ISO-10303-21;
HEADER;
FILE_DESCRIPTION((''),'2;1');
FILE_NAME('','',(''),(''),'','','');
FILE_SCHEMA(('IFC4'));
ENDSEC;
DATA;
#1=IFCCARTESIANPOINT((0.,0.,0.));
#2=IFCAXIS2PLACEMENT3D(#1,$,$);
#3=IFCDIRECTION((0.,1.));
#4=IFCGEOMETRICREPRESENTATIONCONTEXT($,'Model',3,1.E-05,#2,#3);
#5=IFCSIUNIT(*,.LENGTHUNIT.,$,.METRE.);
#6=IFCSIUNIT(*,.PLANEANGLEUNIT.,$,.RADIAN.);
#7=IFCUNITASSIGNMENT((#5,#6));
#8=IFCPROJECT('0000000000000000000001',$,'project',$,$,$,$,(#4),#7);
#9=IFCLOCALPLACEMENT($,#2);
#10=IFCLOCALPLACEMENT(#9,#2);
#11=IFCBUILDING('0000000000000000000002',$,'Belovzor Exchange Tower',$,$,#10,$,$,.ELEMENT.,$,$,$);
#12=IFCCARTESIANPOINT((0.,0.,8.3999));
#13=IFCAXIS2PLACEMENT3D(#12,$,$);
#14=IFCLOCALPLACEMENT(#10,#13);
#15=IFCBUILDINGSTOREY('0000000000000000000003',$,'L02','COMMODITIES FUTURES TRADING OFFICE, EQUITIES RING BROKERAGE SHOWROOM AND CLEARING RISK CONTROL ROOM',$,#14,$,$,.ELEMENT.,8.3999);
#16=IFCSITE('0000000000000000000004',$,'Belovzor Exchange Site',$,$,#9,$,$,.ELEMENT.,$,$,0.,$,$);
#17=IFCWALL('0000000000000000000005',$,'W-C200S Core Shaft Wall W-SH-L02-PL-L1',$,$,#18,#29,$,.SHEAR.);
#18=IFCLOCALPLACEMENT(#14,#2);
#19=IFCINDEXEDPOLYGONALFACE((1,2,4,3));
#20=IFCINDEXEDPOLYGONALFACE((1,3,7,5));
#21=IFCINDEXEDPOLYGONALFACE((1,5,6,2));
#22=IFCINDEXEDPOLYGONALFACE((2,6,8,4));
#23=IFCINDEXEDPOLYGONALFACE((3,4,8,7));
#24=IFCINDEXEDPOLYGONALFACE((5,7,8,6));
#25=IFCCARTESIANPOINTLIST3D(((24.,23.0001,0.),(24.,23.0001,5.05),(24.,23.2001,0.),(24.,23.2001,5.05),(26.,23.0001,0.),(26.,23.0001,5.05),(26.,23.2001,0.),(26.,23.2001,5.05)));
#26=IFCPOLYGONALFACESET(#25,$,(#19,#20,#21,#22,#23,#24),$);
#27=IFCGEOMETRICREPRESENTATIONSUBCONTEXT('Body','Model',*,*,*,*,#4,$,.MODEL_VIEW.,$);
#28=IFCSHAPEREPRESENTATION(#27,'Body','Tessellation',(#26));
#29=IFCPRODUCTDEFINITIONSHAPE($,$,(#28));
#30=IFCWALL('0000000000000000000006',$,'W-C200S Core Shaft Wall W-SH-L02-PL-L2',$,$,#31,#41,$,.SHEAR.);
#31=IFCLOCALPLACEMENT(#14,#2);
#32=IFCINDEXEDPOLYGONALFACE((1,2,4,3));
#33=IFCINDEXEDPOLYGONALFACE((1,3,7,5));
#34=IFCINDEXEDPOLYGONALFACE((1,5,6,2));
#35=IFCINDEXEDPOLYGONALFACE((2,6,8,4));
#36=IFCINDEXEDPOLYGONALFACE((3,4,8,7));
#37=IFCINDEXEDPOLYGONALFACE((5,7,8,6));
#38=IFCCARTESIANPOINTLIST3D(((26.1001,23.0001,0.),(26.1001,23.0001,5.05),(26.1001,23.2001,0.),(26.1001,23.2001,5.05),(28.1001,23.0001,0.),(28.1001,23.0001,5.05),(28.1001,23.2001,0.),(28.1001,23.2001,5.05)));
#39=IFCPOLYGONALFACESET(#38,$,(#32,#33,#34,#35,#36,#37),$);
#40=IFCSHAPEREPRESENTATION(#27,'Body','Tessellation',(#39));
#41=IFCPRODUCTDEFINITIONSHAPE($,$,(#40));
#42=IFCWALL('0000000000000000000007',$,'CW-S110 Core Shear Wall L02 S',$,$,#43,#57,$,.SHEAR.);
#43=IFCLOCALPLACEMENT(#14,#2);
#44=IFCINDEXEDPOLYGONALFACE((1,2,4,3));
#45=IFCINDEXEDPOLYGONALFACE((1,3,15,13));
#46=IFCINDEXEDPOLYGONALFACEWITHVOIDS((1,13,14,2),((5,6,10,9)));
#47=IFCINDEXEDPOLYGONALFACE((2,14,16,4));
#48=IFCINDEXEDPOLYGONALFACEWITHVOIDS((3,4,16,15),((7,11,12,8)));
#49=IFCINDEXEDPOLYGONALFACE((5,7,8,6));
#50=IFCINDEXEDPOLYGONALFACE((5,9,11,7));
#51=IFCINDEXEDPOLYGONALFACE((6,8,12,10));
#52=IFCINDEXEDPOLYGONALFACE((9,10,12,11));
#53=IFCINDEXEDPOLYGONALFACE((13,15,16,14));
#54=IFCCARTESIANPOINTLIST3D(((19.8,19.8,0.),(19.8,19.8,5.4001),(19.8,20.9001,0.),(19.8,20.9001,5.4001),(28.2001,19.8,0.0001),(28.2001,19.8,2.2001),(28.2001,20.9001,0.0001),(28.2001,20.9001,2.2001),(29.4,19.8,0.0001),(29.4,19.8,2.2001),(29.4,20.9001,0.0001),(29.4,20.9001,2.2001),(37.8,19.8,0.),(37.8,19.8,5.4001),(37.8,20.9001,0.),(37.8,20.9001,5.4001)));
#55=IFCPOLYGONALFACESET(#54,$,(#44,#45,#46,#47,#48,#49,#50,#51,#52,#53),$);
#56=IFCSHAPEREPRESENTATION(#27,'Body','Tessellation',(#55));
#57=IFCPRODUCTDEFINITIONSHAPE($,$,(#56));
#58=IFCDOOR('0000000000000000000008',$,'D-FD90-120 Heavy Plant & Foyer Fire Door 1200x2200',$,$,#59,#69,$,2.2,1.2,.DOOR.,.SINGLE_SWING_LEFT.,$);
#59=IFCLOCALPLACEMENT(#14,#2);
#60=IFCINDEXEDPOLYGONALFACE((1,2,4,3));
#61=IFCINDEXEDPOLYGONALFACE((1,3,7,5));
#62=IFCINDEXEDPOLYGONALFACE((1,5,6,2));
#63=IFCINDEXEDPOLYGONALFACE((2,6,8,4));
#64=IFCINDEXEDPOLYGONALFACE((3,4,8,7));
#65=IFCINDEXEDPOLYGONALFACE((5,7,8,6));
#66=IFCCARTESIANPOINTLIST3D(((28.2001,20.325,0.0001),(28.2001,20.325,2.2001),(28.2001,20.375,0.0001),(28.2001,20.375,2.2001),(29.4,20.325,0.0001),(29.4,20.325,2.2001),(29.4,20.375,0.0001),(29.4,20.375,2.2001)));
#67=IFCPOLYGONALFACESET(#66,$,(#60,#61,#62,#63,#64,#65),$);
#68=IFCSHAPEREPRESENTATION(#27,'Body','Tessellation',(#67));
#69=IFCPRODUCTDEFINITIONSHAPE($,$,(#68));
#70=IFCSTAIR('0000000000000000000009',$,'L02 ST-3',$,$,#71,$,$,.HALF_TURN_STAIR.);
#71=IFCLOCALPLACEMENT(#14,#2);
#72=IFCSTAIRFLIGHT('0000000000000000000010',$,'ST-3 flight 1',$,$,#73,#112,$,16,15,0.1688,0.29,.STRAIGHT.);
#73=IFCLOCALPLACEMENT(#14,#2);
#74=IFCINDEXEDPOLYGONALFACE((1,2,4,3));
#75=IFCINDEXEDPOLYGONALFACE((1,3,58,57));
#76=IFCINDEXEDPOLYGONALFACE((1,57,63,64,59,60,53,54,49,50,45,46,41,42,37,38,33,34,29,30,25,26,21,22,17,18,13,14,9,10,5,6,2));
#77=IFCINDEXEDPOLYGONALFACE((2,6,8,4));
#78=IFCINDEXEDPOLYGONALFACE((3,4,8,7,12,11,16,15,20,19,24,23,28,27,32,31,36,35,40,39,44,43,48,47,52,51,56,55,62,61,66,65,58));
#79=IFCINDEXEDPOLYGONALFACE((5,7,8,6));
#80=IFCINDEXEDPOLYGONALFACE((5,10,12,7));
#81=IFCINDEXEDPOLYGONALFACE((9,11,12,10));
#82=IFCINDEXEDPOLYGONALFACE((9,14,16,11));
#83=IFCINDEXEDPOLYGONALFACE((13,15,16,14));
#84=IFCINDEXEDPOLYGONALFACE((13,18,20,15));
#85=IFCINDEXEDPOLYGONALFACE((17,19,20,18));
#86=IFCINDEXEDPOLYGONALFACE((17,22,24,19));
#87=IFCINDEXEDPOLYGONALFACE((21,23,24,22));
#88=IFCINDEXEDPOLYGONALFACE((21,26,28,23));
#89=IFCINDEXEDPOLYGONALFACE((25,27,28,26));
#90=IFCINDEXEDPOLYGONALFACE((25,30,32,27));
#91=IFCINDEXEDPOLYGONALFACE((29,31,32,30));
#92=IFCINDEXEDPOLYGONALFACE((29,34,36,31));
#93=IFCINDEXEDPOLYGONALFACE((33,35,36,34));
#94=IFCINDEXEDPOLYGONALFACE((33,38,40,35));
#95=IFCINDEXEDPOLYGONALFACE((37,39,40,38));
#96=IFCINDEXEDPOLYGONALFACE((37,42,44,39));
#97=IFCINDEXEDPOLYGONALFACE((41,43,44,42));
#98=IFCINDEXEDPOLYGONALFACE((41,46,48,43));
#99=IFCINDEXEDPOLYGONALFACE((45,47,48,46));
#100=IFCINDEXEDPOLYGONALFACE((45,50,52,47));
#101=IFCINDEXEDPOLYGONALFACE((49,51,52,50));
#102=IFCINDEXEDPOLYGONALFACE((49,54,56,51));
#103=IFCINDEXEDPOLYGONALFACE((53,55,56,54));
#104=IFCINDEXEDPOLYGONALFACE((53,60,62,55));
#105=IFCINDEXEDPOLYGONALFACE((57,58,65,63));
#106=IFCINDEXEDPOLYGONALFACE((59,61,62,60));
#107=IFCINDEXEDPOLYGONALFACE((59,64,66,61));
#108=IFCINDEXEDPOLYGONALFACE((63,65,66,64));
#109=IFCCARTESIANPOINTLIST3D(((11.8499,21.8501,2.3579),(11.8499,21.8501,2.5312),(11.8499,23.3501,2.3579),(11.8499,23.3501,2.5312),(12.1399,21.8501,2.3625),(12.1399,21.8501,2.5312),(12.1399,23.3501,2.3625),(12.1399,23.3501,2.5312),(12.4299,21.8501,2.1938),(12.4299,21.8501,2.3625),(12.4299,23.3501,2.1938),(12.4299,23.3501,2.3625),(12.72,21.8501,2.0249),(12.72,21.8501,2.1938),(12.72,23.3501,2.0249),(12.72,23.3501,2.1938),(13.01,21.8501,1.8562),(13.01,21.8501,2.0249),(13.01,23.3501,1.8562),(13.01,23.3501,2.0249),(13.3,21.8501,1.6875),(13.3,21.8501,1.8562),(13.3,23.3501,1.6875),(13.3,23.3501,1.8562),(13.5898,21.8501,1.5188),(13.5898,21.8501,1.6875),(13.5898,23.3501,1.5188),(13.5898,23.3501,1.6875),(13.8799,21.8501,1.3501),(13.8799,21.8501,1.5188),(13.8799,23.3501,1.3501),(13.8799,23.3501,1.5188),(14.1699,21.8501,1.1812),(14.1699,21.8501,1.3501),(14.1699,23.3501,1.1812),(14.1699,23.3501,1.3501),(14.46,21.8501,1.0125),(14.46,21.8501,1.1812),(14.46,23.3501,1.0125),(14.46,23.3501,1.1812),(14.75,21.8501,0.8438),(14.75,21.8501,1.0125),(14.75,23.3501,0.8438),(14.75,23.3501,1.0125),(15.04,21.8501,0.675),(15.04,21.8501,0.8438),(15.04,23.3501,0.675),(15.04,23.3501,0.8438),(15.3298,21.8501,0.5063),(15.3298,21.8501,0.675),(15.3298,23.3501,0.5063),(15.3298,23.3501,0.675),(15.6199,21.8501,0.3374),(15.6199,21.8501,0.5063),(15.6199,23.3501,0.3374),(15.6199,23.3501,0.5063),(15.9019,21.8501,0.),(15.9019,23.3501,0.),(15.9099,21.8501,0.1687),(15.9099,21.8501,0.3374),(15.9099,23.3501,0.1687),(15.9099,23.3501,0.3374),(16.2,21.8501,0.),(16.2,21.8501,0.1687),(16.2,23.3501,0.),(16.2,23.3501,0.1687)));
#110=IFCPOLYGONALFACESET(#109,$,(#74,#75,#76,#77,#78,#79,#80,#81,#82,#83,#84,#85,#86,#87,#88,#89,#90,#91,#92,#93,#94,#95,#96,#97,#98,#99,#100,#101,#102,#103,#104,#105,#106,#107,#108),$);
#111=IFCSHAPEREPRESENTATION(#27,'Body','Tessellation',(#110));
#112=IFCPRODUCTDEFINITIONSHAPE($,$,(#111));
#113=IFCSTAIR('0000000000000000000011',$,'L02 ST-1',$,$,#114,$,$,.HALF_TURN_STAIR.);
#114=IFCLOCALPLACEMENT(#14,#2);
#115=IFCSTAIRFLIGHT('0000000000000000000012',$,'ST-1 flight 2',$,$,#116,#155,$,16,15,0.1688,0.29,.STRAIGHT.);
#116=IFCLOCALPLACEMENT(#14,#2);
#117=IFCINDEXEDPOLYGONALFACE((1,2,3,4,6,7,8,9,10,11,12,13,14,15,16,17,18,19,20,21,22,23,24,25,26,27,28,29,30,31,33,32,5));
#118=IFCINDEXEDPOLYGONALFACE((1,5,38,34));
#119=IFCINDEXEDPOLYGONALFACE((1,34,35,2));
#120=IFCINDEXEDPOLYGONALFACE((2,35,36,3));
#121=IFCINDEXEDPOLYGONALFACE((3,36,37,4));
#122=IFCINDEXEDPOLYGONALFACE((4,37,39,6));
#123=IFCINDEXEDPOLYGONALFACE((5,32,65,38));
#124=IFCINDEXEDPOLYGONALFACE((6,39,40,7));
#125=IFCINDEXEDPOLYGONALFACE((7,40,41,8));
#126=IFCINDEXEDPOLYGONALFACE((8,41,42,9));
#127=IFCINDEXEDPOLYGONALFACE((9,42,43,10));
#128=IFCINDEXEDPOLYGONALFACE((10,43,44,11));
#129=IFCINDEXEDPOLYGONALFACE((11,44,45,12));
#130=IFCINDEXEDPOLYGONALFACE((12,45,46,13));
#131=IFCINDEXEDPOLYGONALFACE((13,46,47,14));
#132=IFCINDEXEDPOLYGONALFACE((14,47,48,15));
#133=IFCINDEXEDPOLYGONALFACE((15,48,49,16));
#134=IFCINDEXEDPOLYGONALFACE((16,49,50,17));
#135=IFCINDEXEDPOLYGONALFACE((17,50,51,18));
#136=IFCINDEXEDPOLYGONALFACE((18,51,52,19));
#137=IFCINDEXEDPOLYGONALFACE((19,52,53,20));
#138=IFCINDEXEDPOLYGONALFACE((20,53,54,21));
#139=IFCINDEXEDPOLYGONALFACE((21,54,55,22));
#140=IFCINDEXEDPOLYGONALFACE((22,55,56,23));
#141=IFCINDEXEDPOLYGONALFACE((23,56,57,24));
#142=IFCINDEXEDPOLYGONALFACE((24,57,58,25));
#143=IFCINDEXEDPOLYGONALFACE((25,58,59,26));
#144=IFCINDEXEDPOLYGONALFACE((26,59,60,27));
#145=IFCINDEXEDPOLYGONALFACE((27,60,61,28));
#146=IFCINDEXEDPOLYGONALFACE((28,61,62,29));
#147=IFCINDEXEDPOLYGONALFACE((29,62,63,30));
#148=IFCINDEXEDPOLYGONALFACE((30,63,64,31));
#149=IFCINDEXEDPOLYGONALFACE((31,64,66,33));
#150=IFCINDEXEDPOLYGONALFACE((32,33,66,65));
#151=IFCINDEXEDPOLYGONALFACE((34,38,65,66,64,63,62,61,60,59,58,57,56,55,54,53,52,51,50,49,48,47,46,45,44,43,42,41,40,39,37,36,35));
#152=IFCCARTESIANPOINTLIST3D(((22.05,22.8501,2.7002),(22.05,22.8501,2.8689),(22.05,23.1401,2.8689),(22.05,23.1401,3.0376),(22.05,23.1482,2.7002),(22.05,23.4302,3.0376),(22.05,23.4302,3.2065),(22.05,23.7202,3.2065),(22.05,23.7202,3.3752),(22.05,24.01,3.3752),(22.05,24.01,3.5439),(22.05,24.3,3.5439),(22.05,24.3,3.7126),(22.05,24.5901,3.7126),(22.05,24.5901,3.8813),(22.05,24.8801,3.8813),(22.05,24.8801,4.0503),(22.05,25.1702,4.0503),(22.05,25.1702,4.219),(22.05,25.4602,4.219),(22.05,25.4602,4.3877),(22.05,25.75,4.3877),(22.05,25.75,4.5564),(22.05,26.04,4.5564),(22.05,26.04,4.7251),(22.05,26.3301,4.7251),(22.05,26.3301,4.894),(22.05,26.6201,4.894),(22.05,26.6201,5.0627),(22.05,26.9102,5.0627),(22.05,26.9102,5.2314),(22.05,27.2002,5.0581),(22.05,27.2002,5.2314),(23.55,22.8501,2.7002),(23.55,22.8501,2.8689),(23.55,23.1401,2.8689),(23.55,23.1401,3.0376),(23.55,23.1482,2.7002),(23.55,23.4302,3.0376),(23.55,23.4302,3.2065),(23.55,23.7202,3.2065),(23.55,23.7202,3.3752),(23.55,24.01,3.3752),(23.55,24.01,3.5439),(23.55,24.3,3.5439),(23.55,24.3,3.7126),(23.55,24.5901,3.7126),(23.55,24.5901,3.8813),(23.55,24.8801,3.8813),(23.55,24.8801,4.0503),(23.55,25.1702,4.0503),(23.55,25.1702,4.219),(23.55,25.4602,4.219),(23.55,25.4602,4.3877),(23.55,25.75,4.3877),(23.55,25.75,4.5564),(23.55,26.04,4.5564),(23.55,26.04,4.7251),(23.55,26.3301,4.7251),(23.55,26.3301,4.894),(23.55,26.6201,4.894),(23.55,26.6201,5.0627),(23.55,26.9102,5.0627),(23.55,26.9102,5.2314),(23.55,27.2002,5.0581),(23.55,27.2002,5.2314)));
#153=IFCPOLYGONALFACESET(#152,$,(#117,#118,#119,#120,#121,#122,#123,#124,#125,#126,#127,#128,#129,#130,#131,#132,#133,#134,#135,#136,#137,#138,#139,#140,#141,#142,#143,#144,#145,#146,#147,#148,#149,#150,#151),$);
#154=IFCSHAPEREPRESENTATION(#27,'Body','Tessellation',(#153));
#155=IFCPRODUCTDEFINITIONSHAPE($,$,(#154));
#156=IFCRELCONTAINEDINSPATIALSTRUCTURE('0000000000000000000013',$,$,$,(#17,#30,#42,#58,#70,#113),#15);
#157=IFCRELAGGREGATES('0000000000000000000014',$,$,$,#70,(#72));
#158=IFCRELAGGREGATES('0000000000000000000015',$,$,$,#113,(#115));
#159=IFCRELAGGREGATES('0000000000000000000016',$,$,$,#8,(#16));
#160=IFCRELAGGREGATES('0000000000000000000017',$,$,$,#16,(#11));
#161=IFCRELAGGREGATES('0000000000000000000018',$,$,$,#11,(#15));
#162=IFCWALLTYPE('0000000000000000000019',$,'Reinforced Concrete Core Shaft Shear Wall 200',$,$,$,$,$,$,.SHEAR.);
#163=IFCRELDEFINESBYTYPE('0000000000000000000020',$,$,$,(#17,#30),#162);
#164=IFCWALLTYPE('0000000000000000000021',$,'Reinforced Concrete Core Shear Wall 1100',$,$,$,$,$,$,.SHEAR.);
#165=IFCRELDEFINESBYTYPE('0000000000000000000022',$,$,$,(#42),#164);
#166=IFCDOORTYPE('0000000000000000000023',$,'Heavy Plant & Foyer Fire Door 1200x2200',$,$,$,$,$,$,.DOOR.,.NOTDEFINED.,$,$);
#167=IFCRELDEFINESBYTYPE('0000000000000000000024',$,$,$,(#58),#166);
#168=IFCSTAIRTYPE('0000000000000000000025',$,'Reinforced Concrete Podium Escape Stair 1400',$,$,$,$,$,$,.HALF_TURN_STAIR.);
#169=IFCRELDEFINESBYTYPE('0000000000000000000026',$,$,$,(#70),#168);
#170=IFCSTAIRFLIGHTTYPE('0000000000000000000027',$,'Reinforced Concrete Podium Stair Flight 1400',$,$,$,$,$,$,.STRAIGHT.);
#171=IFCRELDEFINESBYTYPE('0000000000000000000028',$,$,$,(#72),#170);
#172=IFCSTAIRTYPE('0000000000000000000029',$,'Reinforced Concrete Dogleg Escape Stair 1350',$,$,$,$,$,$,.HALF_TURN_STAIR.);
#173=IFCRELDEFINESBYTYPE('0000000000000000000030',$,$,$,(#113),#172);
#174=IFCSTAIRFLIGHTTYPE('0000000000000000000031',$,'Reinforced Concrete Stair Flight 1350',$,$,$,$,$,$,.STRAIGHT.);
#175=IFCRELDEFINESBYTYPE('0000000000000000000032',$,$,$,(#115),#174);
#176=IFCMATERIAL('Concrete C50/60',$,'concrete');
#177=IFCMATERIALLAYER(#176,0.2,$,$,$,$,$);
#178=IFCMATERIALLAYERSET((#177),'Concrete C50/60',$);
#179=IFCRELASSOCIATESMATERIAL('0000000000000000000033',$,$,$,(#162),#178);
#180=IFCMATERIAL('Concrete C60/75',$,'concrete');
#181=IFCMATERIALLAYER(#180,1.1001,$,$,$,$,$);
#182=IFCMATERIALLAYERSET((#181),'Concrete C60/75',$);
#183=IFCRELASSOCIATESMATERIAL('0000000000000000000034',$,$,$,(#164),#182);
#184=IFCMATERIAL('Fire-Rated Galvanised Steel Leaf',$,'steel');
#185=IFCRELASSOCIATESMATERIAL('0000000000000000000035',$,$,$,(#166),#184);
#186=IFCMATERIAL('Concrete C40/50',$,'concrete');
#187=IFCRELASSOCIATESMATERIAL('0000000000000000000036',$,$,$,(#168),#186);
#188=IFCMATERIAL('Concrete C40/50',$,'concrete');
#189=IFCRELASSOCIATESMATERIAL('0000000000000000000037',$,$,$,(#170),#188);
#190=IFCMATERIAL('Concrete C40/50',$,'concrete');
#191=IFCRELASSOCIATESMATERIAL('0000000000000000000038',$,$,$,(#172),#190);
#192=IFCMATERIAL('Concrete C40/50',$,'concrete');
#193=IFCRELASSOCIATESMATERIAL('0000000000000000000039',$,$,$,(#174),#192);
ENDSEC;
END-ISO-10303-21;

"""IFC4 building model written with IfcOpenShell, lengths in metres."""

from ifc_helpers import new_model, si_unit, direction, frame, frame_2d, origin, place, context, subcontext, project, spatial, polyline, rectangle, outline, extrude, material, layer, layer_set, type_object, element, fill, aggregate, save


model = new_model("IFC4")

# Units and contexts
model_context = context("Model", 3, precision=1e-05, world=origin(), true_north=direction((0.0, 1.0)))
body_context = subcontext(model_context, "Body", "Model", "MODEL_VIEW")
ifc_project = project(units=[si_unit("LENGTHUNIT", "METRE"), si_unit("PLANEANGLEUNIT", "RADIAN")], contexts=[model_context])

# Site, building, storey
site_placement = place(None, origin())
site = spatial("IfcSite", under=ifc_project, at=site_placement, Name="Belovzor Exchange Site", CompositionType="ELEMENT", RefElevation=0.0)
building_placement = place(site_placement, origin())
building = spatial("IfcBuilding", under=site, at=building_placement, Name="Belovzor Exchange Tower", CompositionType="ELEMENT")
storey_placement = place(building_placement, frame((0.0, 0.0, 8.3999)))
storey = spatial("IfcBuildingStorey", under=building, at=storey_placement, Name="L02", Description="COMMODITIES FUTURES TRADING OFFICE, EQUITIES RING BROKERAGE SHOWROOM AND CLEARING RISK CONTROL ROOM", CompositionType="ELEMENT", Elevation=8.3999)

# Walls
ifc_material_1 = material(Name="Concrete C50/60", Category="concrete")
ifc_layer_1 = layer(ifc_material_1, 0.2)
ifc_layer_set_1 = layer_set([ifc_layer_1], Name="Concrete C50/60")
wall_type_1 = type_object("IfcWallType", Name="Reinforced Concrete Core Shaft Shear Wall 200", PredefinedType="SHEAR", material=ifc_layer_set_1)
for number, where, z_axis, x_axis, name in (
    (1, (24.0, 23.1001, 0.0), (0.0, 0.0, 1.0), (1.0, 0.0, 0.0), "W-C200S Core Shaft Wall W-SH-L02-PL-L1"),
    (2, (26.1001, 23.1001, 0.0), (0.0, 0.0, 1.0), (1.0, 0.0, 0.0), "W-C200S Core Shaft Wall W-SH-L02-PL-L2"),
):
    element("IfcWall", number, at=place(storey_placement, frame(where, z_axis=z_axis, x_axis=x_axis)), inside=storey, type_object=wall_type_1, Name=name, PredefinedType="SHEAR", context=body_context, shape_type="SweptSolid", body=[
        extrude(rectangle(XDim=2.0, YDim=0.2, at=frame_2d((1.0, 0.0))), origin(), (0.0, 0.0, 1.0), 5.05),
    ])

# Wall, opening, door
ifc_material_2 = material(Name="Concrete C60/75", Category="concrete")
ifc_layer_2 = layer(ifc_material_2, 1.1001)
ifc_layer_set_2 = layer_set([ifc_layer_2], Name="Concrete C60/75")
wall_type_2 = type_object("IfcWallType", Name="Reinforced Concrete Core Shear Wall 1100", PredefinedType="SHEAR", material=ifc_layer_set_2)
wall_1_placement = place(storey_placement, frame((19.8, 20.3501, 0.0), z_axis=(0.0, 0.0, 1.0), x_axis=(1.0, 0.0, 0.0)))
wall_1 = element("IfcWall", 3, at=wall_1_placement, inside=storey, type_object=wall_type_2, Name="CW-S110 Core Shear Wall L02 S", PredefinedType="SHEAR", context=body_context, shape_type="SweptSolid", body=[
    extrude(rectangle(XDim=18.0, YDim=1.1001, at=frame_2d((9.0, 0.0))), origin(), (0.0, 0.0, 1.0), 5.4001),
])
opening_1_placement = place(wall_1_placement, frame((8.3999, 0.0, 0.0)))
opening_1 = element("IfcOpeningElement", 4, at=opening_1_placement, cuts=wall_1, PredefinedType="OPENING", context=body_context, shape_type="SweptSolid", body=[
    extrude(rectangle(XDim=1.2, YDim=2.2, at=frame_2d((0.6001, 1.1001))), frame((0.0, 0.5601, 0.0), z_axis=(0.0, -1.0, 0.0), x_axis=(1.0, 0.0, 0.0)), (0.0, 0.0, 1.0), 1.1201),
])
ifc_material_3 = material(Name="Fire-Rated Galvanised Steel Leaf", Category="steel")
door_type_1 = type_object("IfcDoorType", Name="Heavy Plant & Foyer Fire Door 1200x2200", OperationType="NOTDEFINED", PredefinedType="DOOR", material=ifc_material_3)
door_1_placement = place(opening_1_placement, origin())
door_1 = element("IfcDoor", 5, at=door_1_placement, inside=storey, type_object=door_type_1, Name="D-FD90-120 Heavy Plant & Foyer Fire Door 1200x2200", OperationType="SINGLE_SWING_LEFT", OverallHeight=2.2, OverallWidth=1.2, PredefinedType="DOOR", context=body_context, shape_type="SweptSolid", body=[
    extrude(rectangle(XDim=1.2, YDim=2.2, at=frame_2d((0.6001, 1.1001))), frame((0.0, 0.0249, 0.0), z_axis=(0.0, -1.0, 0.0), x_axis=(1.0, 0.0, 0.0)), (0.0, 0.0, 1.0), 0.05),
])
fill(opening_1, door_1)

# Stairs, stair flights
ifc_material_4 = material(Name="Concrete C40/50", Category="concrete")
stair_type_1 = type_object("IfcStairType", Name="Reinforced Concrete Podium Escape Stair 1400", PredefinedType="HALF_TURN_STAIR", material=ifc_material_4)
stair_1_placement = place(storey_placement, origin())
stair_1 = element("IfcStair", 6, at=stair_1_placement, inside=storey, type_object=stair_type_1, Name="L02 ST-3", PredefinedType="HALF_TURN_STAIR")
ifc_material_5 = material(Name="Concrete C40/50", Category="concrete")
stair_flight_type_1 = type_object("IfcStairFlightType", Name="Reinforced Concrete Podium Stair Flight 1400", PredefinedType="STRAIGHT", material=ifc_material_5)
stair_flight_1_placement = place(storey_placement, frame((16.2, 22.6001, 0.0), z_axis=(0.0, 0.0, 1.0), x_axis=(-1.0, 0.0, 0.0)))
stair_flight_1 = element("IfcStairFlight", 7, at=stair_flight_1_placement, type_object=stair_flight_type_1, Name="ST-3 flight 1", NumberOfRisers=16, NumberOfTreads=15, PredefinedType="STRAIGHT", RiserHeight=0.1688, TreadLength=0.29, context=body_context, shape_type="SweptSolid", body=[
    extrude(outline(polyline([(0.0, 0.0), (0.0, 0.1687), (0.29, 0.1687), (0.29, 0.3374), (0.5801, 0.3374), (0.5801, 0.5063), (0.8701, 0.5063), (0.8701, 0.675), (1.1599, 0.675), (1.1599, 0.8438), (1.45, 0.8438), (1.45, 1.0125), (1.74, 1.0125), (1.74, 1.1812), (2.03, 1.1812), (2.03, 1.3501), (2.3201, 1.3501), (2.3201, 1.5188), (2.6101, 1.5188), (2.6101, 1.6875), (2.8999, 1.6875), (2.8999, 1.8562), (3.1899, 1.8562), (3.1899, 2.0249), (3.48, 2.0249), (3.48, 2.1938), (3.77, 2.1938), (3.77, 2.3625), (4.0601, 2.3625), (4.0601, 2.5312), (4.3501, 2.5312), (4.3501, 2.7), (4.3501, 2.3579), (0.2981, 0.0), (0.0, 0.0)])), frame((0.0, 0.75, 0.0), z_axis=(0.0, -1.0, 0.0), x_axis=(1.0, 0.0, 0.0)), (0.0, 0.0, 1.0), 1.5),
])
aggregate(stair_1, [stair_flight_1])
ifc_material_6 = material(Name="Concrete C40/50", Category="concrete")
stair_type_2 = type_object("IfcStairType", Name="Reinforced Concrete Dogleg Escape Stair 1350", PredefinedType="HALF_TURN_STAIR", material=ifc_material_6)
stair_2_placement = place(storey_placement, origin())
stair_2 = element("IfcStair", 8, at=stair_2_placement, inside=storey, type_object=stair_type_2, Name="L02 ST-1", PredefinedType="HALF_TURN_STAIR")
ifc_material_7 = material(Name="Concrete C40/50", Category="concrete")
stair_flight_type_2 = type_object("IfcStairFlightType", Name="Reinforced Concrete Stair Flight 1350", PredefinedType="STRAIGHT", material=ifc_material_7)
stair_flight_2_placement = place(storey_placement, frame((22.8, 22.8501, 2.7002), z_axis=(0.0, 0.0, 1.0), x_axis=(0.0, 1.0, 0.0)))
stair_flight_2 = element("IfcStairFlight", 9, at=stair_flight_2_placement, type_object=stair_flight_type_2, Name="ST-1 flight 2", NumberOfRisers=16, NumberOfTreads=15, PredefinedType="STRAIGHT", RiserHeight=0.1688, TreadLength=0.29, context=body_context, shape_type="SweptSolid", body=[
    extrude(outline(polyline([(0.0, 0.0), (0.0, 0.1687), (0.29, 0.1687), (0.29, 0.3374), (0.5801, 0.3374), (0.5801, 0.5063), (0.8701, 0.5063), (0.8701, 0.675), (1.1599, 0.675), (1.1599, 0.8438), (1.45, 0.8438), (1.45, 1.0125), (1.74, 1.0125), (1.74, 1.1812), (2.03, 1.1812), (2.03, 1.3501), (2.3201, 1.3501), (2.3201, 1.5188), (2.6101, 1.5188), (2.6101, 1.6875), (2.8999, 1.6875), (2.8999, 1.8562), (3.1899, 1.8562), (3.1899, 2.0249), (3.48, 2.0249), (3.48, 2.1938), (3.77, 2.1938), (3.77, 2.3625), (4.0601, 2.3625), (4.0601, 2.5312), (4.3501, 2.5312), (4.3501, 2.7), (4.3501, 2.3579), (0.2981, 0.0), (0.0, 0.0)])), frame((0.0, 0.75, 0.0), z_axis=(0.0, -1.0, 0.0), x_axis=(1.0, 0.0, 0.0)), (0.0, 0.0, 1.0), 1.5),
])
aggregate(stair_2, [stair_flight_2])

save(model, "model.ifc")
